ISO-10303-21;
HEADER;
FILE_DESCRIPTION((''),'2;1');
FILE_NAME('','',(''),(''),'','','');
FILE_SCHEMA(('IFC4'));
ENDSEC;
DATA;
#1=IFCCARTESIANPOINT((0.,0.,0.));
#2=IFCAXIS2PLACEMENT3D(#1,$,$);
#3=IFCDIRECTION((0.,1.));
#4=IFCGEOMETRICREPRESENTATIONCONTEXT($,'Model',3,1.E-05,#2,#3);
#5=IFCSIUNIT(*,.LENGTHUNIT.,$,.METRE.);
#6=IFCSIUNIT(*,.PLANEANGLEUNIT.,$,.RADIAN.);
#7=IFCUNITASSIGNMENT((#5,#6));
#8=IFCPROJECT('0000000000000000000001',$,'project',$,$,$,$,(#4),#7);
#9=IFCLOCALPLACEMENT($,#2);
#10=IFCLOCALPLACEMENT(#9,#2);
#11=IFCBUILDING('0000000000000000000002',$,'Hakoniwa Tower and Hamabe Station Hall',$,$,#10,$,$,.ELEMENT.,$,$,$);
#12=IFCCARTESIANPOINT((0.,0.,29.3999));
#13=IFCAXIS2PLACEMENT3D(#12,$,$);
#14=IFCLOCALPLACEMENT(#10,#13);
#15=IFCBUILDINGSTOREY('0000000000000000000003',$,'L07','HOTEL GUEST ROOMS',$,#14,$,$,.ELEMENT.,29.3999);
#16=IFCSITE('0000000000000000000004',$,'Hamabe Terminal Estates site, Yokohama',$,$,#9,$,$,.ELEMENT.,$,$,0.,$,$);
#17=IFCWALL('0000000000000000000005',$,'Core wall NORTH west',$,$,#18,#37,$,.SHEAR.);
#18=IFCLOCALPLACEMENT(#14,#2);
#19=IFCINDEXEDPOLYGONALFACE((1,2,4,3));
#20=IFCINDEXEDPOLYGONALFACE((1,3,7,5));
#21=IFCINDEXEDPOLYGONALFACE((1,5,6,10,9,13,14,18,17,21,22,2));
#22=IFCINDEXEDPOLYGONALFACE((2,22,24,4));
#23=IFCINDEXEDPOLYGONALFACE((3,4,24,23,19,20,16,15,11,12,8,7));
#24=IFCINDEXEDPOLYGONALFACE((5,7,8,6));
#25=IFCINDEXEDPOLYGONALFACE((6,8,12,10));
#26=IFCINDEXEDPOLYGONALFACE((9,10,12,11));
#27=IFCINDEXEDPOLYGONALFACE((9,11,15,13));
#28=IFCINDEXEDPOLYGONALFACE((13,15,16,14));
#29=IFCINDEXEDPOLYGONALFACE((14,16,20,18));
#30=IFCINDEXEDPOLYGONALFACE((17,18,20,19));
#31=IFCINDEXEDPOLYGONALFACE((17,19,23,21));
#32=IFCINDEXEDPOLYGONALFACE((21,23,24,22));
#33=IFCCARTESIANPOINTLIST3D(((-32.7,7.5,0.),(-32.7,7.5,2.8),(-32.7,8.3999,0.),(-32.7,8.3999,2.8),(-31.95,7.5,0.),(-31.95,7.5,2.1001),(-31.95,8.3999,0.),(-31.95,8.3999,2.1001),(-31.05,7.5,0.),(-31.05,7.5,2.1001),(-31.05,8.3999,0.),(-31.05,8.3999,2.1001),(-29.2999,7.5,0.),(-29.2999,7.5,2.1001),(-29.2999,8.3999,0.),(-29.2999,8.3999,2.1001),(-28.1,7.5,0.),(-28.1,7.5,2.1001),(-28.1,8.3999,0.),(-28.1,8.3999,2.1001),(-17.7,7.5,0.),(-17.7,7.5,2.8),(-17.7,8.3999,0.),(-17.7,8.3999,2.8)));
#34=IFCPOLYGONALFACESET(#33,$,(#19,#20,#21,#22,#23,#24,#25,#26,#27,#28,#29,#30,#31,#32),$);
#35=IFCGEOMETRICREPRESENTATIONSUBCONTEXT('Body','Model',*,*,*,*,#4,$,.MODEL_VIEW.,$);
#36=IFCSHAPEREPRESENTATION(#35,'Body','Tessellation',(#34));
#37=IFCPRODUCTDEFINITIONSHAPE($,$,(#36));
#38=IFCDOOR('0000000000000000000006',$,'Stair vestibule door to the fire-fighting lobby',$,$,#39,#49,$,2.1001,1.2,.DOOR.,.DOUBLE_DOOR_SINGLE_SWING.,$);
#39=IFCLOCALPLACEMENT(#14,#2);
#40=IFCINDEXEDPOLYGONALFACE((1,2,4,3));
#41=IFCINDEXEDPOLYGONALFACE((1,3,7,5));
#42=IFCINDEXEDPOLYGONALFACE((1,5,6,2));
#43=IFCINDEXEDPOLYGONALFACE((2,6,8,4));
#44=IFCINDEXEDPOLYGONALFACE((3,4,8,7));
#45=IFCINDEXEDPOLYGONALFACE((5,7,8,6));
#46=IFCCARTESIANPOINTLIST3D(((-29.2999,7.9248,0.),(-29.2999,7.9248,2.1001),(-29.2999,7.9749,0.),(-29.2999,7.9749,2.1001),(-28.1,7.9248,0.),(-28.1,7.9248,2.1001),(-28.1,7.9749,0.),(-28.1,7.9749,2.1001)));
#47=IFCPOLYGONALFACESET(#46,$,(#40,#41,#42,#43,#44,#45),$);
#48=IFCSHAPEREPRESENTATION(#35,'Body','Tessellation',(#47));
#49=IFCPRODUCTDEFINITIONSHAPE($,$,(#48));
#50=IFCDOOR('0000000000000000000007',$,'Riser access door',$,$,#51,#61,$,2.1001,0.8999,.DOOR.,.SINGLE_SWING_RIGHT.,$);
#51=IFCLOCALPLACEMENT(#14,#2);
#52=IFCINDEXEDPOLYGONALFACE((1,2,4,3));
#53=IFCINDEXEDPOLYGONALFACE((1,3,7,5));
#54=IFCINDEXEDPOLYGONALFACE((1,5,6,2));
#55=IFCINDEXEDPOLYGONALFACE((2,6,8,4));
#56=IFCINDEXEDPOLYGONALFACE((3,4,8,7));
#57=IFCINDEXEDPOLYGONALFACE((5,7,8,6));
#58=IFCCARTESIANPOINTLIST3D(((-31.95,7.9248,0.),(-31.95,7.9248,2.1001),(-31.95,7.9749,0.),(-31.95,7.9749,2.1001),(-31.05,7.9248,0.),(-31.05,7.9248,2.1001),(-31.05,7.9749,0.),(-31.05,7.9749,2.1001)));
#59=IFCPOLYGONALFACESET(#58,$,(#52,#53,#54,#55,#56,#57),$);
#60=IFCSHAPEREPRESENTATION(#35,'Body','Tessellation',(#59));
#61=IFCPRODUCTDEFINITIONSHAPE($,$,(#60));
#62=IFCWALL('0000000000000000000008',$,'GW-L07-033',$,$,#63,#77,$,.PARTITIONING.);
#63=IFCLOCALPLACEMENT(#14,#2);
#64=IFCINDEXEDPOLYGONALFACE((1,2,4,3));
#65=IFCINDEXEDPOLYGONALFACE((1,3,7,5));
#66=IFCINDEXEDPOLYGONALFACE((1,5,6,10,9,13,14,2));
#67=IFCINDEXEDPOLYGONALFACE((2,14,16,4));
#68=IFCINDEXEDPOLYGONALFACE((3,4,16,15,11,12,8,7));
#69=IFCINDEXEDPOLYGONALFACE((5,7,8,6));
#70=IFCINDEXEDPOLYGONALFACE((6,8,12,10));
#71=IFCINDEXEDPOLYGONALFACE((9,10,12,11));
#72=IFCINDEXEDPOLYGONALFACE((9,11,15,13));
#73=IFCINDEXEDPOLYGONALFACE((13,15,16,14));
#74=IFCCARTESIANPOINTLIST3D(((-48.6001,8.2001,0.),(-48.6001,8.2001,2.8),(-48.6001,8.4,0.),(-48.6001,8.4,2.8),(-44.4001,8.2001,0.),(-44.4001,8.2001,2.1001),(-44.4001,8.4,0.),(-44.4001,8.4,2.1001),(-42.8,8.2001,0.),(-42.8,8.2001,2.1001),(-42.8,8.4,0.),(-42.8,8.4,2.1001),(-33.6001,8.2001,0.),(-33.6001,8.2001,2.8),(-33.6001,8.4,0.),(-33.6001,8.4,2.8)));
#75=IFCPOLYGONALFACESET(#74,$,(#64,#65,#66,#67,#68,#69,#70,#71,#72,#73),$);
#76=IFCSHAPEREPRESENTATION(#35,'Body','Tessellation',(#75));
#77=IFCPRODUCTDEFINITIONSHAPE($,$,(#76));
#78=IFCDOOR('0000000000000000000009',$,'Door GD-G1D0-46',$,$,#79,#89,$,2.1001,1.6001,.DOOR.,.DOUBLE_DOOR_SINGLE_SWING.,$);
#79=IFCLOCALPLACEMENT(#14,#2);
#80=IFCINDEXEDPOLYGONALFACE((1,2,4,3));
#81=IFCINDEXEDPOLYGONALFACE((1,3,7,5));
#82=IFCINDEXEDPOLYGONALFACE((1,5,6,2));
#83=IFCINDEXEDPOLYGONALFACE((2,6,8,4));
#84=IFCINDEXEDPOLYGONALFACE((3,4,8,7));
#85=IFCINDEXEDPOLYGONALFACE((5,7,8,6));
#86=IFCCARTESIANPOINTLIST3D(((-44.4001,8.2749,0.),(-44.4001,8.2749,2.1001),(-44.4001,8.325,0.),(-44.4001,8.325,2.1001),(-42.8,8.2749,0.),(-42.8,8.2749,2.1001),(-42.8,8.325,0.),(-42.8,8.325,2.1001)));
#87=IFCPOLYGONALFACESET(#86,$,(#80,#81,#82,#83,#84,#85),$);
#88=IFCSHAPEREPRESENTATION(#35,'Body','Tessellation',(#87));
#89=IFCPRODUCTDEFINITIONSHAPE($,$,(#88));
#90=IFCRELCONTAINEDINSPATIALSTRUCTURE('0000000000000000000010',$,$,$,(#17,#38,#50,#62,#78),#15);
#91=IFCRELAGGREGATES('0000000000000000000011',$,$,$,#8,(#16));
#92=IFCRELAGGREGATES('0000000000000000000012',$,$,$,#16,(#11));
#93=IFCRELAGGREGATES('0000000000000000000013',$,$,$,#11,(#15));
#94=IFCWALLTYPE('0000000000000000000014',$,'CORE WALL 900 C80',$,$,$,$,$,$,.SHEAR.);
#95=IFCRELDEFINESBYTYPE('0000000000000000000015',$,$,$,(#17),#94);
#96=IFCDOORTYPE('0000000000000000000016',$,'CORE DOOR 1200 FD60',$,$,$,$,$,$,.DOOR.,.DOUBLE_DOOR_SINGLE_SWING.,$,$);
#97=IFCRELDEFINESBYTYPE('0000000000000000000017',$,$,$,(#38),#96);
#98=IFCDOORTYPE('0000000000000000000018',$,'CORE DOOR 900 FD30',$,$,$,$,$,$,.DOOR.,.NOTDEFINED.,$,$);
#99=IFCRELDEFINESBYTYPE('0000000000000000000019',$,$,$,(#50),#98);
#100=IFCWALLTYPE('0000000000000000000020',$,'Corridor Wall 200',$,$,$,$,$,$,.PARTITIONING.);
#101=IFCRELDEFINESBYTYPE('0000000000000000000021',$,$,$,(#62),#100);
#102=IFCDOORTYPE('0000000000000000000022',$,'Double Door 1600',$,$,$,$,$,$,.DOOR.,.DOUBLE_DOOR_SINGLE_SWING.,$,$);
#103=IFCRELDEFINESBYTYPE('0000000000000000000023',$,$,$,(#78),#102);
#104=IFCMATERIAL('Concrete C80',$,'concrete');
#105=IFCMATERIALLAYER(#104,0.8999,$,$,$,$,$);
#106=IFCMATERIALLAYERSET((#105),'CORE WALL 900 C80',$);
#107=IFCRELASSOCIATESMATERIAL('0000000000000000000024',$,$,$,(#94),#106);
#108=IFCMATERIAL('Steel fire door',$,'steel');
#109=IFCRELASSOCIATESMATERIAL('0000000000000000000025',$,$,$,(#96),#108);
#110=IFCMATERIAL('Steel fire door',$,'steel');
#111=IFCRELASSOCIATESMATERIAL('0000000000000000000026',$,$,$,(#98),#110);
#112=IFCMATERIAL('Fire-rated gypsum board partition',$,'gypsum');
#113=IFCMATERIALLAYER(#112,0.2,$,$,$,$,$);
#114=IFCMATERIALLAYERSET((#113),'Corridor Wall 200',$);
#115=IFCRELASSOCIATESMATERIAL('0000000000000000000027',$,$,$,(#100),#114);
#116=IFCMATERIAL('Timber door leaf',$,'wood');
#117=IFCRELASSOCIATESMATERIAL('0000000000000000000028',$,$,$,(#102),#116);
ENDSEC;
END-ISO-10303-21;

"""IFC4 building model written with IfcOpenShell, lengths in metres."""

from ifc_helpers import new_model, si_unit, direction, frame, frame_2d, origin, place, context, subcontext, project, spatial, rectangle, extrude, material, layer, layer_set, type_object, element, fill, save


model = new_model("IFC4")

# Units and contexts
model_context = context("Model", 3, precision=1e-05, world=origin(), true_north=direction((0.0, 1.0)))
body_context = subcontext(model_context, "Body", "Model", "MODEL_VIEW")
ifc_project = project(units=[si_unit("LENGTHUNIT", "METRE"), si_unit("PLANEANGLEUNIT", "RADIAN")], contexts=[model_context])

# Site, building, storey
site_placement = place(None, origin())
site = spatial("IfcSite", under=ifc_project, at=site_placement, Name="Hamabe Terminal Estates site, Yokohama", CompositionType="ELEMENT", RefElevation=0.0)
building_placement = place(site_placement, origin())
building = spatial("IfcBuilding", under=site, at=building_placement, Name="Hakoniwa Tower and Hamabe Station Hall", CompositionType="ELEMENT")
storey_placement = place(building_placement, frame((0.0, 0.0, 29.3999)))
storey = spatial("IfcBuildingStorey", under=building, at=storey_placement, Name="L07", Description="HOTEL GUEST ROOMS", CompositionType="ELEMENT", Elevation=29.3999)

# Wall, openings, doors
ifc_material_1 = material(Name="Concrete C80", Category="concrete")
ifc_layer_1 = layer(ifc_material_1, 0.8999)
ifc_layer_set_1 = layer_set([ifc_layer_1], Name="CORE WALL 900 C80")
wall_type_1 = type_object("IfcWallType", Name="CORE WALL 900 C80", PredefinedType="SHEAR", material=ifc_layer_set_1)
wall_1_placement = place(storey_placement, frame((-32.7, 7.95, 0.0), z_axis=(0.0, 0.0, 1.0), x_axis=(1.0, 0.0, 0.0)))
wall_1 = element("IfcWall", 1, at=wall_1_placement, inside=storey, type_object=wall_type_1, Name="Core wall NORTH west", PredefinedType="SHEAR", context=body_context, shape_type="SweptSolid", body=[
    extrude(rectangle(XDim=15.0, YDim=0.8999, at=frame_2d((7.5, 0.0))), origin(), (0.0, 0.0, 1.0), 2.8),
])
opening_1_placement = place(wall_1_placement, frame((3.3999, 0.0, 0.0)))
opening_1 = element("IfcOpeningElement", 2, at=opening_1_placement, cuts=wall_1, PredefinedType="OPENING", context=body_context, shape_type="SweptSolid", body=[
    extrude(rectangle(XDim=1.2, YDim=2.1001, at=frame_2d((0.6001, 1.05))), frame((0.0, 0.46, 0.0), z_axis=(0.0, -1.0, 0.0), x_axis=(1.0, 0.0, 0.0)), (0.0, 0.0, 1.0), 0.9199),
])
opening_2_placement = place(wall_1_placement, frame((0.75, 0.0, 0.0)))
opening_2 = element("IfcOpeningElement", 3, at=opening_2_placement, cuts=wall_1, PredefinedType="OPENING", context=body_context, shape_type="SweptSolid", body=[
    extrude(rectangle(XDim=0.8999, YDim=2.1001, at=frame_2d((0.45, 1.05))), frame((0.0, 0.46, 0.0), z_axis=(0.0, -1.0, 0.0), x_axis=(1.0, 0.0, 0.0)), (0.0, 0.0, 1.0), 0.9199),
])
ifc_material_2 = material(Name="Steel fire door", Category="steel")
door_type_1 = type_object("IfcDoorType", Name="CORE DOOR 1200 FD60", OperationType="DOUBLE_DOOR_SINGLE_SWING", PredefinedType="DOOR", material=ifc_material_2)
door_1_placement = place(opening_1_placement, origin())
door_1 = element("IfcDoor", 4, at=door_1_placement, inside=storey, type_object=door_type_1, Name="Stair vestibule door to the fire-fighting lobby", OperationType="DOUBLE_DOOR_SINGLE_SWING", OverallHeight=2.1001, OverallWidth=1.2, PredefinedType="DOOR", context=body_context, shape_type="SweptSolid", body=[
    extrude(rectangle(XDim=1.2, YDim=2.1001, at=frame_2d((0.6001, 1.05))), frame((0.0, 0.0249, 0.0), z_axis=(0.0, -1.0, 0.0), x_axis=(1.0, 0.0, 0.0)), (0.0, 0.0, 1.0), 0.05),
])
fill(opening_1, door_1)
ifc_material_3 = material(Name="Steel fire door", Category="steel")
door_type_2 = type_object("IfcDoorType", Name="CORE DOOR 900 FD30", OperationType="NOTDEFINED", PredefinedType="DOOR", material=ifc_material_3)
door_2_placement = place(opening_2_placement, origin())
door_2 = element("IfcDoor", 5, at=door_2_placement, inside=storey, type_object=door_type_2, Name="Riser access door", OperationType="SINGLE_SWING_RIGHT", OverallHeight=2.1001, OverallWidth=0.8999, PredefinedType="DOOR", context=body_context, shape_type="SweptSolid", body=[
    extrude(rectangle(XDim=0.8999, YDim=2.1001, at=frame_2d((0.45, 1.05))), frame((0.0, 0.0249, 0.0), z_axis=(0.0, -1.0, 0.0), x_axis=(1.0, 0.0, 0.0)), (0.0, 0.0, 1.0), 0.05),
])
fill(opening_2, door_2)

# Wall, opening, door
ifc_material_4 = material(Name="Fire-rated gypsum board partition", Category="gypsum")
ifc_layer_2 = layer(ifc_material_4, 0.2)
ifc_layer_set_2 = layer_set([ifc_layer_2], Name="Corridor Wall 200")
wall_type_2 = type_object("IfcWallType", Name="Corridor Wall 200", PredefinedType="PARTITIONING", material=ifc_layer_set_2)
wall_2_placement = place(storey_placement, frame((-48.6001, 8.3, 0.0), z_axis=(0.0, 0.0, 1.0), x_axis=(1.0, 0.0, 0.0)))
wall_2 = element("IfcWall", 6, at=wall_2_placement, inside=storey, type_object=wall_type_2, Name="GW-L07-033", PredefinedType="PARTITIONING", context=body_context, shape_type="SweptSolid", body=[
    extrude(rectangle(XDim=15.0, YDim=0.2, at=frame_2d((7.5, 0.0))), origin(), (0.0, 0.0, 1.0), 2.8),
])
opening_3_placement = place(wall_2_placement, frame((4.2, 0.0, 0.0)))
opening_3 = element("IfcOpeningElement", 7, at=opening_3_placement, cuts=wall_2, PredefinedType="OPENING", context=body_context, shape_type="SweptSolid", body=[
    extrude(rectangle(XDim=1.6001, YDim=2.1001, at=frame_2d((0.8, 1.05))), frame((0.0, 0.1099, 0.0), z_axis=(0.0, -1.0, 0.0), x_axis=(1.0, 0.0, 0.0)), (0.0, 0.0, 1.0), 0.22),
])
ifc_material_5 = material(Name="Timber door leaf", Category="wood")
door_type_3 = type_object("IfcDoorType", Name="Double Door 1600", OperationType="DOUBLE_DOOR_SINGLE_SWING", PredefinedType="DOOR", material=ifc_material_5)
door_3_placement = place(opening_3_placement, origin())
door_3 = element("IfcDoor", 8, at=door_3_placement, inside=storey, type_object=door_type_3, Name="Door GD-G1D0-46", OperationType="DOUBLE_DOOR_SINGLE_SWING", OverallHeight=2.1001, OverallWidth=1.6001, PredefinedType="DOOR", context=body_context, shape_type="SweptSolid", body=[
    extrude(rectangle(XDim=1.6001, YDim=2.1001, at=frame_2d((0.8, 1.05))), frame((0.0, 0.0249, 0.0), z_axis=(0.0, -1.0, 0.0), x_axis=(1.0, 0.0, 0.0)), (0.0, 0.0, 1.0), 0.05),
])
fill(opening_3, door_3)

save(model, "model.ifc")
